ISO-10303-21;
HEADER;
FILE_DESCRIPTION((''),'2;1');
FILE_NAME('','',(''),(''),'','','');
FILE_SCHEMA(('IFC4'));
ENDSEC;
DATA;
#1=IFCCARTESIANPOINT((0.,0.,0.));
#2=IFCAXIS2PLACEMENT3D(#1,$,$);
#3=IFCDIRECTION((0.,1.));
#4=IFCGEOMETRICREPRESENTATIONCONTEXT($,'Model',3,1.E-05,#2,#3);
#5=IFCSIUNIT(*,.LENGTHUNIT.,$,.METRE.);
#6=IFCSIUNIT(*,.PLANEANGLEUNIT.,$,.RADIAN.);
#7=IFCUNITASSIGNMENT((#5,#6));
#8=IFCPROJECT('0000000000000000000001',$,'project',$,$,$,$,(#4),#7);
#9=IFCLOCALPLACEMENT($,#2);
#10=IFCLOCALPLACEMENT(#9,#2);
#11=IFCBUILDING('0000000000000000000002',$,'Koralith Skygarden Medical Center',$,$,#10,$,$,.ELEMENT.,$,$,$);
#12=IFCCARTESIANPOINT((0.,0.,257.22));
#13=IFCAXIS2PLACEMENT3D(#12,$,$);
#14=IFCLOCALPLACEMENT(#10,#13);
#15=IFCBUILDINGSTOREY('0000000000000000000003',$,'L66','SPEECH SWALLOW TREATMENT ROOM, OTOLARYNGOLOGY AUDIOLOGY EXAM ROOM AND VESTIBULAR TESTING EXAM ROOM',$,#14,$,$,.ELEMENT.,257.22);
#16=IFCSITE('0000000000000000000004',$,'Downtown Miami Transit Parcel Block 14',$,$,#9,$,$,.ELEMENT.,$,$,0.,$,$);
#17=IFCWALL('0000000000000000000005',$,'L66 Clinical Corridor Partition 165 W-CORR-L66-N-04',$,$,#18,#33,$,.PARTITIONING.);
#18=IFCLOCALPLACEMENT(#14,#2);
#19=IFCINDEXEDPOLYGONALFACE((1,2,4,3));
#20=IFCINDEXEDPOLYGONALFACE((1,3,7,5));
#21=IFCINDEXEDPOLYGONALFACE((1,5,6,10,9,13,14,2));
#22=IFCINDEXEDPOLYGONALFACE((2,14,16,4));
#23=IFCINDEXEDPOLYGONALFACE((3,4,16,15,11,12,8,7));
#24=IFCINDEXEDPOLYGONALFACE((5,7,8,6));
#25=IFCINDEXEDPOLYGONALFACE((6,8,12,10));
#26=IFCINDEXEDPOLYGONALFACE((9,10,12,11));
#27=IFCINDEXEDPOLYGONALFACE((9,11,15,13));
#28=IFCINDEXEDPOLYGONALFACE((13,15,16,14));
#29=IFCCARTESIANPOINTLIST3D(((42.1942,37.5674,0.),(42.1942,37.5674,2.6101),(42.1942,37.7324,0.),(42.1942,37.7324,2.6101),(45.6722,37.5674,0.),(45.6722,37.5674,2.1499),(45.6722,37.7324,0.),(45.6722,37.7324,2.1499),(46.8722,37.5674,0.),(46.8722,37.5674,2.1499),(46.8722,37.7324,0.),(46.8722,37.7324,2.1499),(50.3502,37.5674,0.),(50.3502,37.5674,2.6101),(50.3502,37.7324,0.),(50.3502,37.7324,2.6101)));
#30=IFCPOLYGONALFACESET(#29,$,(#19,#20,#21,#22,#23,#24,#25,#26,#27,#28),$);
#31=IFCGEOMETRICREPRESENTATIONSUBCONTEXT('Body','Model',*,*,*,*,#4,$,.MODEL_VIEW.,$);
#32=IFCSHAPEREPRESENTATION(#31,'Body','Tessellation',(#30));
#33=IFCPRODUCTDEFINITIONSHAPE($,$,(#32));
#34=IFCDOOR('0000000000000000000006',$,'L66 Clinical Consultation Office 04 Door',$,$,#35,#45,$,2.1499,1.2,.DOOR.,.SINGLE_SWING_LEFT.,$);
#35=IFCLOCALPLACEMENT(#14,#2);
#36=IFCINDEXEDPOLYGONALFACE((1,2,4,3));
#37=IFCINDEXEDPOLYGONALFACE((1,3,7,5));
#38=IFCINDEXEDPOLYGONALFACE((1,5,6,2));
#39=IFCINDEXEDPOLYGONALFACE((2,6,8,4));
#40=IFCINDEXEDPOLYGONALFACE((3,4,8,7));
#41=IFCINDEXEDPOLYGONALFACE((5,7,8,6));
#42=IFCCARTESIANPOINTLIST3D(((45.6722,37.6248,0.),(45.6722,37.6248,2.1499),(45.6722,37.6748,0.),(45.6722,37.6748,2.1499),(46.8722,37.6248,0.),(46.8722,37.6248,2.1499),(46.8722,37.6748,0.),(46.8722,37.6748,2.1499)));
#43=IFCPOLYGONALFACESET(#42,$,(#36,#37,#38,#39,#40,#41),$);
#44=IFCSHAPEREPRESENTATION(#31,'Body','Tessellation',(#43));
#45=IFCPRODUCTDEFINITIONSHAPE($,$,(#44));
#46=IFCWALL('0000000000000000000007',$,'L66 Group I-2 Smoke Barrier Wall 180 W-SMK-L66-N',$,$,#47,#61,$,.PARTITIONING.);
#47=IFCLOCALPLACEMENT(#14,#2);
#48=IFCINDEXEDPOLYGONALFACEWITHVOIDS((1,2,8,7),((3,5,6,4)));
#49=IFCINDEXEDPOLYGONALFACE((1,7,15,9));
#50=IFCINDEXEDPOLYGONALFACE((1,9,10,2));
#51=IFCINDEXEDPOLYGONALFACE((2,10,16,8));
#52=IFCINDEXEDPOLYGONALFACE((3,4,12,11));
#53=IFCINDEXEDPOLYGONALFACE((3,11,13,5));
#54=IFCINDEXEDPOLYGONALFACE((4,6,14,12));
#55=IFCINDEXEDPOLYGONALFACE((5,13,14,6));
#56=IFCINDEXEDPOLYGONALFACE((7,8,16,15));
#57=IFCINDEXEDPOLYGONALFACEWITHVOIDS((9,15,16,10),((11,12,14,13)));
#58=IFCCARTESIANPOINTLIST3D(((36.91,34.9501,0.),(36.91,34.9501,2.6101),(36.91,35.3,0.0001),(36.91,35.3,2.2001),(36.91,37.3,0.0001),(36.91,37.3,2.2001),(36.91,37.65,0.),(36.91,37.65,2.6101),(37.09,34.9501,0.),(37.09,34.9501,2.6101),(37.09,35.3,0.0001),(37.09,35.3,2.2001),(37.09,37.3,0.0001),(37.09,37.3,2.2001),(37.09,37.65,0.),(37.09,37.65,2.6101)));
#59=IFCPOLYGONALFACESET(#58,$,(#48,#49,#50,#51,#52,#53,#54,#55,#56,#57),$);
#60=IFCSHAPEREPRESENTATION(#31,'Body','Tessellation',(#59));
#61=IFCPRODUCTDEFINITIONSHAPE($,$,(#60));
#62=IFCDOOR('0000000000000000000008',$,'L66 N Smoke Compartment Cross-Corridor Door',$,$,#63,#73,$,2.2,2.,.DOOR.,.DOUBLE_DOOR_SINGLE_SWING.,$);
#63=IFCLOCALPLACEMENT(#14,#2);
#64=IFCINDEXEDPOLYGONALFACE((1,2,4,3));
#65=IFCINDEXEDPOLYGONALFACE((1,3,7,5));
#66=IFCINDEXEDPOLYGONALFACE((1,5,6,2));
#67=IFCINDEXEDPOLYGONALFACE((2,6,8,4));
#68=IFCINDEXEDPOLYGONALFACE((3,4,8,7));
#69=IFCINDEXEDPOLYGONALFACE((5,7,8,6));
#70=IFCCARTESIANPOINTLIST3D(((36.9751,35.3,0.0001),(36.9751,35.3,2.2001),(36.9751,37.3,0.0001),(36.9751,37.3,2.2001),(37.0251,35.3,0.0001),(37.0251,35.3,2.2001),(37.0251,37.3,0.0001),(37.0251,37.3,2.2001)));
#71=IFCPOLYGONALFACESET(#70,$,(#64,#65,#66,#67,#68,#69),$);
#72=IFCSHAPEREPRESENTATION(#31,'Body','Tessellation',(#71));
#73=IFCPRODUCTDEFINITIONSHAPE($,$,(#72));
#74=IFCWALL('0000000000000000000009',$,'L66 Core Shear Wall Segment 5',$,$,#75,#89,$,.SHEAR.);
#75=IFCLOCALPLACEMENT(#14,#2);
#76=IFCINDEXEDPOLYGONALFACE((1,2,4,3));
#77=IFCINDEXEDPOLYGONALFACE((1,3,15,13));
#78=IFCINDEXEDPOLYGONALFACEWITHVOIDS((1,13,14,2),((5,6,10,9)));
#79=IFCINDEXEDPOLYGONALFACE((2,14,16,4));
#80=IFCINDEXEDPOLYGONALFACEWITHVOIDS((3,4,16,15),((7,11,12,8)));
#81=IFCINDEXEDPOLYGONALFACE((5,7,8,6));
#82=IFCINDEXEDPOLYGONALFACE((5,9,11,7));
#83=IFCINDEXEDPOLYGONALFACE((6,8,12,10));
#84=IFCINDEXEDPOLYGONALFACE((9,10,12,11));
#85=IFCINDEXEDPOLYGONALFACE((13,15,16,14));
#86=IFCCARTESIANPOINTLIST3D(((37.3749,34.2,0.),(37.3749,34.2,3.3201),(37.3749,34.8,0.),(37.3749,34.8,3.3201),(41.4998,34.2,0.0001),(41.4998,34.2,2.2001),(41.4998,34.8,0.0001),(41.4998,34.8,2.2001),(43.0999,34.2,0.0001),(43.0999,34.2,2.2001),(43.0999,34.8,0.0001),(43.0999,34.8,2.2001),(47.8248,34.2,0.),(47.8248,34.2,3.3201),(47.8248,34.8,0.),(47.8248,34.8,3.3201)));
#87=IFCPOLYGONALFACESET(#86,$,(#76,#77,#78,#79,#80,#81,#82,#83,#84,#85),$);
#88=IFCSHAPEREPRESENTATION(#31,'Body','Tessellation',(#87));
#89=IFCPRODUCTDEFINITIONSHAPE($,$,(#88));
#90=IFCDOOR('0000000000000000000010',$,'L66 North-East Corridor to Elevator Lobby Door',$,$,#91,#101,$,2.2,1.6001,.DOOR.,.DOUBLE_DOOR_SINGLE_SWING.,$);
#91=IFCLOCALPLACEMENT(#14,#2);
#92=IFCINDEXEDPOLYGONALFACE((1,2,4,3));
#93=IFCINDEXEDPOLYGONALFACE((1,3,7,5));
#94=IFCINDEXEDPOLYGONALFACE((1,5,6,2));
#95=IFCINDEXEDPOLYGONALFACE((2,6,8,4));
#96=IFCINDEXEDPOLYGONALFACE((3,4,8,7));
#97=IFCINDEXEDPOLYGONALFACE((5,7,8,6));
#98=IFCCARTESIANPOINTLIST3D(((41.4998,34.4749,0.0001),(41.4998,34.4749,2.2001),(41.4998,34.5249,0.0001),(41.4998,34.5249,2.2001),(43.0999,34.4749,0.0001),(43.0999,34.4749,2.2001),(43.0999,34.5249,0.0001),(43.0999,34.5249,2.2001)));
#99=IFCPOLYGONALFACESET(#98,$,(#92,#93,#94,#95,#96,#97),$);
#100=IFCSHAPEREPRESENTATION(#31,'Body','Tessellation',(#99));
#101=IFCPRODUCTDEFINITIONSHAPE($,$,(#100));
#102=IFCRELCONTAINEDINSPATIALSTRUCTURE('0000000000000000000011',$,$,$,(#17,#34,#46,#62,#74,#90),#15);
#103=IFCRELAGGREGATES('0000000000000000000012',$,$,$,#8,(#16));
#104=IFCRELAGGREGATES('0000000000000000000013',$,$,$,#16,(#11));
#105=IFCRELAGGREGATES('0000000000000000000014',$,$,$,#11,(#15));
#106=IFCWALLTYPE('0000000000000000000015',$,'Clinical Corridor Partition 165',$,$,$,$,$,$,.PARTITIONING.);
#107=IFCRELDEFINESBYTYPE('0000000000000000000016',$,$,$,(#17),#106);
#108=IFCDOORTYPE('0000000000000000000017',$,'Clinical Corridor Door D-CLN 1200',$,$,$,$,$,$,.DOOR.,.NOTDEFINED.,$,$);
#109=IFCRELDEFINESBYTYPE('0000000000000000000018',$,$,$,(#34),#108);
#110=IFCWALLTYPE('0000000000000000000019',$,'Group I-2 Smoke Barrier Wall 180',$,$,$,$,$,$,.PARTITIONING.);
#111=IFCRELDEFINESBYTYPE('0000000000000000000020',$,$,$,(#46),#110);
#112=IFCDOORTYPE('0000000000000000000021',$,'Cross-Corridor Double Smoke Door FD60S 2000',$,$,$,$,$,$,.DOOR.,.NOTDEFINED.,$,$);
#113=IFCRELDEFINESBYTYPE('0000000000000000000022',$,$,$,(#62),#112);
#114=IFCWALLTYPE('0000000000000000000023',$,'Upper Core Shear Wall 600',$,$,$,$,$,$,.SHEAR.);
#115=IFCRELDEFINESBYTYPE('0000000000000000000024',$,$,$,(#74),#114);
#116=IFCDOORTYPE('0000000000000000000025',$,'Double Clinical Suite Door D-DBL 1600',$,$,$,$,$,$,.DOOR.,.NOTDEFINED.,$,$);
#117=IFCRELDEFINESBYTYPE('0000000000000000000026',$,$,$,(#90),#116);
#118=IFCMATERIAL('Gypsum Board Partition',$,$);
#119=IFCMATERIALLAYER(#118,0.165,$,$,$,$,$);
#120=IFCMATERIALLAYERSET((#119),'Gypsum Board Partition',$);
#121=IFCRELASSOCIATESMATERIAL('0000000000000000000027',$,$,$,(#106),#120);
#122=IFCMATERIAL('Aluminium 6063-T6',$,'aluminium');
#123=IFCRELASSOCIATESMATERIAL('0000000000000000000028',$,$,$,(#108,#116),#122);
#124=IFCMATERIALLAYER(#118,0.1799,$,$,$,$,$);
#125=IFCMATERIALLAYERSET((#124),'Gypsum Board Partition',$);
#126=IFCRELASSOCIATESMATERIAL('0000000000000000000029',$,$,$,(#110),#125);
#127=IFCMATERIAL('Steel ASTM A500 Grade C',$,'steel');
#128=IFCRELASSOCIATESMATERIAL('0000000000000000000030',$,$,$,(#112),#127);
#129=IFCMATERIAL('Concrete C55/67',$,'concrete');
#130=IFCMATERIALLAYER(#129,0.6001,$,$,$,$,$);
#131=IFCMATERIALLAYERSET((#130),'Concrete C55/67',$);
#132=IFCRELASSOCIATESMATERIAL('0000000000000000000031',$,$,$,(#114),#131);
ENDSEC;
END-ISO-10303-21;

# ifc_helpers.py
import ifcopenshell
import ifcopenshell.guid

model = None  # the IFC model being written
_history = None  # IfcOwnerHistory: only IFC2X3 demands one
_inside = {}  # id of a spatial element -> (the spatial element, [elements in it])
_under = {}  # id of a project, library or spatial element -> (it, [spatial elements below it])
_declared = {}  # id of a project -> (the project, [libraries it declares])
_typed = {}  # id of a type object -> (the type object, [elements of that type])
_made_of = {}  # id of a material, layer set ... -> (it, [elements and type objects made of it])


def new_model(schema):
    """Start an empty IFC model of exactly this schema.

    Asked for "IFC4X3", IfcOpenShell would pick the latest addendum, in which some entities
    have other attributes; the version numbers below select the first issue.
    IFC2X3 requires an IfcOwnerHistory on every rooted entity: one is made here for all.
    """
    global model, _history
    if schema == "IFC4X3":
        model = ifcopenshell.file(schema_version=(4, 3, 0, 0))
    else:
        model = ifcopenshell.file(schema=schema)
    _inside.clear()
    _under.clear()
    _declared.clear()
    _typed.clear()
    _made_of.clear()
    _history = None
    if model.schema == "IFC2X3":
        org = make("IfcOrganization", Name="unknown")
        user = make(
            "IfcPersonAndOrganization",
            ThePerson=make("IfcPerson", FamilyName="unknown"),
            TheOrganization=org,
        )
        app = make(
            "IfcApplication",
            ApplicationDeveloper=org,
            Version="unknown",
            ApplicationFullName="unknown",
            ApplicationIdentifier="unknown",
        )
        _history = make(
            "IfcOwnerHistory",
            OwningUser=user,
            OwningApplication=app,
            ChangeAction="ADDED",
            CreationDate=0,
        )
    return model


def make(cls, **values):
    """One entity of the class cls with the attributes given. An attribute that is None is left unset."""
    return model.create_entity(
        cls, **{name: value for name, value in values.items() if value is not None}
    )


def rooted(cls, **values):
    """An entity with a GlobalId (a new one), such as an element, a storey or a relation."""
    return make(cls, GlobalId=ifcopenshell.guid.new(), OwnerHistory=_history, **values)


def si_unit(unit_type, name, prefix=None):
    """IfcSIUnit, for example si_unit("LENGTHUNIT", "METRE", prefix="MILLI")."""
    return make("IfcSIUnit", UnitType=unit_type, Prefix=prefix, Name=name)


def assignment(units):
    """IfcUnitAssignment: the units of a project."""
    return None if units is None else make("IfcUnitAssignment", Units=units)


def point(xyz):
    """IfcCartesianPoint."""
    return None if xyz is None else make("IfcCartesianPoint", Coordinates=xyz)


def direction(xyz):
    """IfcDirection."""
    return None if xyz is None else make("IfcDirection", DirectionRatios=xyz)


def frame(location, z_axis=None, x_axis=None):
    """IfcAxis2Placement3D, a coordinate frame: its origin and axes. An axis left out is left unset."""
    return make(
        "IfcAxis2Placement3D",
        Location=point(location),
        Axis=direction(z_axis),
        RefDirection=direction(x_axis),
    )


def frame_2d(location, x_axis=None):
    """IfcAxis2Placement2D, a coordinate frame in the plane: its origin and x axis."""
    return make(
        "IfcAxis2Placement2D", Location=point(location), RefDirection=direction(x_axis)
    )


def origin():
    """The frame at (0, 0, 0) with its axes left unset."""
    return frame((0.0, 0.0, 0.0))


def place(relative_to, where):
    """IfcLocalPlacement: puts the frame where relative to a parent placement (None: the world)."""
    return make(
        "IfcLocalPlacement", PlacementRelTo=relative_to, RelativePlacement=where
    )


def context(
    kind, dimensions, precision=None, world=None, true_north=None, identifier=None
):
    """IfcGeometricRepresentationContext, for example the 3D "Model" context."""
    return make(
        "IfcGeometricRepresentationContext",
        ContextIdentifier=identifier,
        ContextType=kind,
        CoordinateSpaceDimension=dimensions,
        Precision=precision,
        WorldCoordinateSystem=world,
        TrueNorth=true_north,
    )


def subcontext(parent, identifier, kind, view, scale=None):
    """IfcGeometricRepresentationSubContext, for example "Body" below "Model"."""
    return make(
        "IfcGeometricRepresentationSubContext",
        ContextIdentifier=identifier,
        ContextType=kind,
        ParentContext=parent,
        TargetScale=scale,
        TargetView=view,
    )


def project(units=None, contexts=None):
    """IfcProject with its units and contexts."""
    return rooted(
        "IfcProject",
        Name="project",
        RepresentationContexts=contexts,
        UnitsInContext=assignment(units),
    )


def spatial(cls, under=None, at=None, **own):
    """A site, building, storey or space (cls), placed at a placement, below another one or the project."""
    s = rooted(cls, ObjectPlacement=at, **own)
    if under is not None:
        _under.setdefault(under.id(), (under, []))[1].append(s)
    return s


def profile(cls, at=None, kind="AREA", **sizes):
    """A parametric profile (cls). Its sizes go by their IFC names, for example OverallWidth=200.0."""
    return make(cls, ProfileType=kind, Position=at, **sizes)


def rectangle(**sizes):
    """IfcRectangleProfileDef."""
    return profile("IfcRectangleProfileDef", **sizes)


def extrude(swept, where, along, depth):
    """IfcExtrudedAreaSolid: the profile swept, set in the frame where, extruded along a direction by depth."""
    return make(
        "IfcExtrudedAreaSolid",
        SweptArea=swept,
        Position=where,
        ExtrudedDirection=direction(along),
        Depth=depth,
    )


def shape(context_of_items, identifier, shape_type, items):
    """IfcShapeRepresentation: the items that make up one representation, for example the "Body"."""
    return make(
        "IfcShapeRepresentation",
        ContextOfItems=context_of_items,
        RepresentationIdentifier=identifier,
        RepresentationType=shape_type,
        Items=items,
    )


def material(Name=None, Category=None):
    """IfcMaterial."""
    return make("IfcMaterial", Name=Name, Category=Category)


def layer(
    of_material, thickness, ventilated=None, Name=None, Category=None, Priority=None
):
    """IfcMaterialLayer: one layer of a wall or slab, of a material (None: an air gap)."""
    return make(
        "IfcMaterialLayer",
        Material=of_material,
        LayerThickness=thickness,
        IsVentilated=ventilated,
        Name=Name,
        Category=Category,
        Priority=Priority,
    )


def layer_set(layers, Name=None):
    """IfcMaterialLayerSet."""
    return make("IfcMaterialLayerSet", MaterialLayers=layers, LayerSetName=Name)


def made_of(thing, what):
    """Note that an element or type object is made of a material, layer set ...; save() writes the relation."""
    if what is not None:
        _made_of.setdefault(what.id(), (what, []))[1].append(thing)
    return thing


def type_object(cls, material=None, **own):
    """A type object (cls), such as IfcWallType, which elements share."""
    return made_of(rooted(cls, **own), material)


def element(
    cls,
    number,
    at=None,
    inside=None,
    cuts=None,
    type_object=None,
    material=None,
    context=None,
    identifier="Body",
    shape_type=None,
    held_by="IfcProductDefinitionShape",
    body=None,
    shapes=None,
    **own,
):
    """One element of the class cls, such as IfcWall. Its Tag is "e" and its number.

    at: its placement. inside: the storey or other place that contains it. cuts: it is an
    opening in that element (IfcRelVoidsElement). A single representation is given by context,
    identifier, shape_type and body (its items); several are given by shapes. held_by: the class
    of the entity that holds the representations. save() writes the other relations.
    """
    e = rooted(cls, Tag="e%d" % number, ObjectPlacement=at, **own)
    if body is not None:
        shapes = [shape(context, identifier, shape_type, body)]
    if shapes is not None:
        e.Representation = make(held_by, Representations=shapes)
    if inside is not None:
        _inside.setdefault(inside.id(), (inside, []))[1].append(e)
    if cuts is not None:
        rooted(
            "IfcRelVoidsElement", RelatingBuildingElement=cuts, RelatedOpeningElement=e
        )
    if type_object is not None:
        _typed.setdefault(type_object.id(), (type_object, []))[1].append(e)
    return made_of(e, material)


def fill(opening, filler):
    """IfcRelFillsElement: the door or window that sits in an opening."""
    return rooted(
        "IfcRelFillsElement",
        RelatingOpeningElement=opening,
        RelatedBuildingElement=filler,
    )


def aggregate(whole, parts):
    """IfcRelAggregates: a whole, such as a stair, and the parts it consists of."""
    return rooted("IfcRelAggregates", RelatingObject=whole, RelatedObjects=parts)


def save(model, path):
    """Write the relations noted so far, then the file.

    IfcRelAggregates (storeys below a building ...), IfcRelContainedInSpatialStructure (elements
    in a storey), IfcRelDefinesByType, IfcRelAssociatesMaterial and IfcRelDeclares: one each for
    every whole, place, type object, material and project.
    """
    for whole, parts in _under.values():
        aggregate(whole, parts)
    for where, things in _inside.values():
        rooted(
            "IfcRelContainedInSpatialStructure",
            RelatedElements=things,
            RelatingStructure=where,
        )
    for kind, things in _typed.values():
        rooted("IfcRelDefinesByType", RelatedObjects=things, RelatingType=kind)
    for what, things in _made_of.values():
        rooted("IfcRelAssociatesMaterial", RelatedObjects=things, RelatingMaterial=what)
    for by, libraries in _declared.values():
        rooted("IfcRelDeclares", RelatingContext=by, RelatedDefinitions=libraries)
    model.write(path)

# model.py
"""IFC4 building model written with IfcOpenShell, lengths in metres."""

from ifc_helpers import new_model, si_unit, direction, frame, frame_2d, origin, place, context, subcontext, project, spatial, rectangle, extrude, material, layer, layer_set, type_object, element, fill, save


model = new_model("IFC4")

# Units and contexts
model_context = context("Model", 3, precision=1e-05, world=origin(), true_north=direction((0.0, 1.0)))
body_context = subcontext(model_context, "Body", "Model", "MODEL_VIEW")
ifc_project = project(units=[si_unit("LENGTHUNIT", "METRE"), si_unit("PLANEANGLEUNIT", "RADIAN")], contexts=[model_context])

# Site, building, storey
site_placement = place(None, origin())
site = spatial("IfcSite", under=ifc_project, at=site_placement, Name="Downtown Miami Transit Parcel Block 14", CompositionType="ELEMENT", RefElevation=0.0)
building_placement = place(site_placement, origin())
building = spatial("IfcBuilding", under=site, at=building_placement, Name="Koralith Skygarden Medical Center", CompositionType="ELEMENT")
storey_placement = place(building_placement, frame((0.0, 0.0, 257.22)))
storey = spatial("IfcBuildingStorey", under=building, at=storey_placement, Name="L66", Description="SPEECH SWALLOW TREATMENT ROOM, OTOLARYNGOLOGY AUDIOLOGY EXAM ROOM AND VESTIBULAR TESTING EXAM ROOM", CompositionType="ELEMENT", Elevation=257.22)

# Shared definitions
ifc_material_1 = material(Name="Concrete C55/67", Category="concrete")

# Shared definitions
ifc_material_2 = material(Name="Aluminium 6063-T6", Category="aluminium")

# Shared definitions
ifc_material_3 = material(Name="Gypsum Board Partition")

# Walls, openings, doors
ifc_layer_1 = layer(ifc_material_3, 0.165)
ifc_layer_set_1 = layer_set([ifc_layer_1], Name="Gypsum Board Partition")
wall_type_1 = type_object("IfcWallType", Name="Clinical Corridor Partition 165", PredefinedType="PARTITIONING", material=ifc_layer_set_1)
door_type_1 = type_object("IfcDoorType", Name="Clinical Corridor Door D-CLN 1200", OperationType="NOTDEFINED", PredefinedType="DOOR", material=ifc_material_2)
wall_1_placement = place(storey_placement, frame((42.1941, 37.6499, 0.0), z_axis=(0.0, 0.0, 1.0), x_axis=(1.0, 0.0, 0.0)))
wall_1 = element("IfcWall", 1, at=wall_1_placement, inside=storey, type_object=wall_type_1, Name="L66 Clinical Corridor Partition 165 W-CORR-L66-N-04", PredefinedType="PARTITIONING", context=body_context, shape_type="SweptSolid", body=[
    extrude(rectangle(XDim=8.156, YDim=0.165, at=frame_2d((4.0781, 0.0))), origin(), (0.0, 0.0, 1.0), 2.6101),
])
opening_1_placement = place(wall_1_placement, frame((3.478, 0.0, 0.0)))
opening_1 = element("IfcOpeningElement", 2, at=opening_1_placement, cuts=wall_1, PredefinedType="OPENING", context=body_context, shape_type="SweptSolid", body=[
    extrude(rectangle(XDim=1.2, YDim=2.1499, at=frame_2d((0.6001, 1.075))), frame((0.0, 0.0925, 0.0), z_axis=(0.0, -1.0, 0.0), x_axis=(1.0, 0.0, 0.0)), (0.0, 0.0, 1.0), 0.1851),
])
door_1_placement = place(opening_1_placement, origin())
door_1 = element("IfcDoor", 3, at=door_1_placement, inside=storey, type_object=door_type_1, Name="L66 Clinical Consultation Office 04 Door", OperationType="SINGLE_SWING_LEFT", OverallHeight=2.1499, OverallWidth=1.2, PredefinedType="DOOR", context=body_context, shape_type="SweptSolid", body=[
    extrude(rectangle(XDim=1.2, YDim=2.1499, at=frame_2d((0.6001, 1.075))), frame((0.0, 0.0249, 0.0), z_axis=(0.0, -1.0, 0.0), x_axis=(1.0, 0.0, 0.0)), (0.0, 0.0, 1.0), 0.05),
])
fill(opening_1, door_1)
ifc_layer_2 = layer(ifc_material_3, 0.1799)
ifc_layer_set_2 = layer_set([ifc_layer_2], Name="Gypsum Board Partition")
wall_type_2 = type_object("IfcWallType", Name="Group I-2 Smoke Barrier Wall 180", PredefinedType="PARTITIONING", material=ifc_layer_set_2)
wall_2_placement = place(storey_placement, frame((37.0, 34.95, 0.0), z_axis=(0.0, 0.0, 1.0), x_axis=(0.0, 1.0, 0.0)))
wall_2 = element("IfcWall", 4, at=wall_2_placement, inside=storey, type_object=wall_type_2, Name="L66 Group I-2 Smoke Barrier Wall 180 W-SMK-L66-N", PredefinedType="PARTITIONING", context=body_context, shape_type="SweptSolid", body=[
    extrude(rectangle(XDim=2.7, YDim=0.1799, at=frame_2d((1.3501, 0.0))), origin(), (0.0, 0.0, 1.0), 2.6101),
])
opening_2_placement = place(wall_2_placement, frame((0.3501, 0.0, 0.0)))
opening_2 = element("IfcOpeningElement", 5, at=opening_2_placement, cuts=wall_2, PredefinedType="OPENING", context=body_context, shape_type="SweptSolid", body=[
    extrude(rectangle(XDim=2.0, YDim=2.2, at=frame_2d((1.0, 1.1001))), frame((0.0, 0.0999, 0.0), z_axis=(0.0, -1.0, 0.0), x_axis=(1.0, 0.0, 0.0)), (0.0, 0.0, 1.0), 0.2),
])
ifc_material_4 = material(Name="Steel ASTM A500 Grade C", Category="steel")
door_type_2 = type_object("IfcDoorType", Name="Cross-Corridor Double Smoke Door FD60S 2000", OperationType="NOTDEFINED", PredefinedType="DOOR", material=ifc_material_4)
door_2_placement = place(opening_2_placement, origin())
door_2 = element("IfcDoor", 6, at=door_2_placement, inside=storey, type_object=door_type_2, Name="L66 N Smoke Compartment Cross-Corridor Door", OperationType="DOUBLE_DOOR_SINGLE_SWING", OverallHeight=2.2, OverallWidth=2.0, PredefinedType="DOOR", context=body_context, shape_type="SweptSolid", body=[
    extrude(rectangle(XDim=2.0, YDim=2.2, at=frame_2d((1.0, 1.1001))), frame((0.0, 0.0249, 0.0), z_axis=(0.0, -1.0, 0.0), x_axis=(1.0, 0.0, 0.0)), (0.0, 0.0, 1.0), 0.05),
])
fill(opening_2, door_2)
ifc_layer_3 = layer(ifc_material_1, 0.6001)
ifc_layer_set_3 = layer_set([ifc_layer_3], Name="Concrete C55/67")
wall_type_3 = type_object("IfcWallType", Name="Upper Core Shear Wall 600", PredefinedType="SHEAR", material=ifc_layer_set_3)
wall_3_placement = place(storey_placement, frame((47.825, 34.5, 0.0), z_axis=(0.0, 0.0, 1.0), x_axis=(-1.0, 0.0, 0.0)))
wall_3 = element("IfcWall", 7, at=wall_3_placement, inside=storey, type_object=wall_type_3, Name="L66 Core Shear Wall Segment 5", PredefinedType="SHEAR", context=body_context, shape_type="SweptSolid", body=[
    extrude(rectangle(XDim=10.45, YDim=0.6001, at=frame_2d((5.2251, 0.0))), origin(), (0.0, 0.0, 1.0), 3.3201),
])
opening_3_placement = place(wall_3_placement, frame((4.7251, 0.0, 0.0)))
opening_3 = element("IfcOpeningElement", 8, at=opening_3_placement, cuts=wall_3, PredefinedType="OPENING", context=body_context, shape_type="SweptSolid", body=[
    extrude(rectangle(XDim=1.6001, YDim=2.2, at=frame_2d((0.8, 1.1001))), frame((0.0, 0.3101, 0.0), z_axis=(0.0, -1.0, 0.0), x_axis=(1.0, 0.0, 0.0)), (0.0, 0.0, 1.0), 0.6201),
])
door_type_3 = type_object("IfcDoorType", Name="Double Clinical Suite Door D-DBL 1600", OperationType="NOTDEFINED", PredefinedType="DOOR", material=ifc_material_2)
door_3_placement = place(opening_3_placement, frame((1.6001, 0.0, 0.0), z_axis=(0.0, 0.0, 1.0), x_axis=(-1.0, 0.0, 0.0)))
door_3 = element("IfcDoor", 9, at=door_3_placement, inside=storey, type_object=door_type_3, Name="L66 North-East Corridor to Elevator Lobby Door", OperationType="DOUBLE_DOOR_SINGLE_SWING", OverallHeight=2.2, OverallWidth=1.6001, PredefinedType="DOOR", context=body_context, shape_type="SweptSolid", body=[
    extrude(rectangle(XDim=1.6001, YDim=2.2, at=frame_2d((0.8, 1.1001))), frame((0.0, 0.0249, 0.0), z_axis=(0.0, -1.0, 0.0), x_axis=(1.0, 0.0, 0.0)), (0.0, 0.0, 1.0), 0.05),
])
fill(opening_3, door_3)

save(model, "model.ifc")
